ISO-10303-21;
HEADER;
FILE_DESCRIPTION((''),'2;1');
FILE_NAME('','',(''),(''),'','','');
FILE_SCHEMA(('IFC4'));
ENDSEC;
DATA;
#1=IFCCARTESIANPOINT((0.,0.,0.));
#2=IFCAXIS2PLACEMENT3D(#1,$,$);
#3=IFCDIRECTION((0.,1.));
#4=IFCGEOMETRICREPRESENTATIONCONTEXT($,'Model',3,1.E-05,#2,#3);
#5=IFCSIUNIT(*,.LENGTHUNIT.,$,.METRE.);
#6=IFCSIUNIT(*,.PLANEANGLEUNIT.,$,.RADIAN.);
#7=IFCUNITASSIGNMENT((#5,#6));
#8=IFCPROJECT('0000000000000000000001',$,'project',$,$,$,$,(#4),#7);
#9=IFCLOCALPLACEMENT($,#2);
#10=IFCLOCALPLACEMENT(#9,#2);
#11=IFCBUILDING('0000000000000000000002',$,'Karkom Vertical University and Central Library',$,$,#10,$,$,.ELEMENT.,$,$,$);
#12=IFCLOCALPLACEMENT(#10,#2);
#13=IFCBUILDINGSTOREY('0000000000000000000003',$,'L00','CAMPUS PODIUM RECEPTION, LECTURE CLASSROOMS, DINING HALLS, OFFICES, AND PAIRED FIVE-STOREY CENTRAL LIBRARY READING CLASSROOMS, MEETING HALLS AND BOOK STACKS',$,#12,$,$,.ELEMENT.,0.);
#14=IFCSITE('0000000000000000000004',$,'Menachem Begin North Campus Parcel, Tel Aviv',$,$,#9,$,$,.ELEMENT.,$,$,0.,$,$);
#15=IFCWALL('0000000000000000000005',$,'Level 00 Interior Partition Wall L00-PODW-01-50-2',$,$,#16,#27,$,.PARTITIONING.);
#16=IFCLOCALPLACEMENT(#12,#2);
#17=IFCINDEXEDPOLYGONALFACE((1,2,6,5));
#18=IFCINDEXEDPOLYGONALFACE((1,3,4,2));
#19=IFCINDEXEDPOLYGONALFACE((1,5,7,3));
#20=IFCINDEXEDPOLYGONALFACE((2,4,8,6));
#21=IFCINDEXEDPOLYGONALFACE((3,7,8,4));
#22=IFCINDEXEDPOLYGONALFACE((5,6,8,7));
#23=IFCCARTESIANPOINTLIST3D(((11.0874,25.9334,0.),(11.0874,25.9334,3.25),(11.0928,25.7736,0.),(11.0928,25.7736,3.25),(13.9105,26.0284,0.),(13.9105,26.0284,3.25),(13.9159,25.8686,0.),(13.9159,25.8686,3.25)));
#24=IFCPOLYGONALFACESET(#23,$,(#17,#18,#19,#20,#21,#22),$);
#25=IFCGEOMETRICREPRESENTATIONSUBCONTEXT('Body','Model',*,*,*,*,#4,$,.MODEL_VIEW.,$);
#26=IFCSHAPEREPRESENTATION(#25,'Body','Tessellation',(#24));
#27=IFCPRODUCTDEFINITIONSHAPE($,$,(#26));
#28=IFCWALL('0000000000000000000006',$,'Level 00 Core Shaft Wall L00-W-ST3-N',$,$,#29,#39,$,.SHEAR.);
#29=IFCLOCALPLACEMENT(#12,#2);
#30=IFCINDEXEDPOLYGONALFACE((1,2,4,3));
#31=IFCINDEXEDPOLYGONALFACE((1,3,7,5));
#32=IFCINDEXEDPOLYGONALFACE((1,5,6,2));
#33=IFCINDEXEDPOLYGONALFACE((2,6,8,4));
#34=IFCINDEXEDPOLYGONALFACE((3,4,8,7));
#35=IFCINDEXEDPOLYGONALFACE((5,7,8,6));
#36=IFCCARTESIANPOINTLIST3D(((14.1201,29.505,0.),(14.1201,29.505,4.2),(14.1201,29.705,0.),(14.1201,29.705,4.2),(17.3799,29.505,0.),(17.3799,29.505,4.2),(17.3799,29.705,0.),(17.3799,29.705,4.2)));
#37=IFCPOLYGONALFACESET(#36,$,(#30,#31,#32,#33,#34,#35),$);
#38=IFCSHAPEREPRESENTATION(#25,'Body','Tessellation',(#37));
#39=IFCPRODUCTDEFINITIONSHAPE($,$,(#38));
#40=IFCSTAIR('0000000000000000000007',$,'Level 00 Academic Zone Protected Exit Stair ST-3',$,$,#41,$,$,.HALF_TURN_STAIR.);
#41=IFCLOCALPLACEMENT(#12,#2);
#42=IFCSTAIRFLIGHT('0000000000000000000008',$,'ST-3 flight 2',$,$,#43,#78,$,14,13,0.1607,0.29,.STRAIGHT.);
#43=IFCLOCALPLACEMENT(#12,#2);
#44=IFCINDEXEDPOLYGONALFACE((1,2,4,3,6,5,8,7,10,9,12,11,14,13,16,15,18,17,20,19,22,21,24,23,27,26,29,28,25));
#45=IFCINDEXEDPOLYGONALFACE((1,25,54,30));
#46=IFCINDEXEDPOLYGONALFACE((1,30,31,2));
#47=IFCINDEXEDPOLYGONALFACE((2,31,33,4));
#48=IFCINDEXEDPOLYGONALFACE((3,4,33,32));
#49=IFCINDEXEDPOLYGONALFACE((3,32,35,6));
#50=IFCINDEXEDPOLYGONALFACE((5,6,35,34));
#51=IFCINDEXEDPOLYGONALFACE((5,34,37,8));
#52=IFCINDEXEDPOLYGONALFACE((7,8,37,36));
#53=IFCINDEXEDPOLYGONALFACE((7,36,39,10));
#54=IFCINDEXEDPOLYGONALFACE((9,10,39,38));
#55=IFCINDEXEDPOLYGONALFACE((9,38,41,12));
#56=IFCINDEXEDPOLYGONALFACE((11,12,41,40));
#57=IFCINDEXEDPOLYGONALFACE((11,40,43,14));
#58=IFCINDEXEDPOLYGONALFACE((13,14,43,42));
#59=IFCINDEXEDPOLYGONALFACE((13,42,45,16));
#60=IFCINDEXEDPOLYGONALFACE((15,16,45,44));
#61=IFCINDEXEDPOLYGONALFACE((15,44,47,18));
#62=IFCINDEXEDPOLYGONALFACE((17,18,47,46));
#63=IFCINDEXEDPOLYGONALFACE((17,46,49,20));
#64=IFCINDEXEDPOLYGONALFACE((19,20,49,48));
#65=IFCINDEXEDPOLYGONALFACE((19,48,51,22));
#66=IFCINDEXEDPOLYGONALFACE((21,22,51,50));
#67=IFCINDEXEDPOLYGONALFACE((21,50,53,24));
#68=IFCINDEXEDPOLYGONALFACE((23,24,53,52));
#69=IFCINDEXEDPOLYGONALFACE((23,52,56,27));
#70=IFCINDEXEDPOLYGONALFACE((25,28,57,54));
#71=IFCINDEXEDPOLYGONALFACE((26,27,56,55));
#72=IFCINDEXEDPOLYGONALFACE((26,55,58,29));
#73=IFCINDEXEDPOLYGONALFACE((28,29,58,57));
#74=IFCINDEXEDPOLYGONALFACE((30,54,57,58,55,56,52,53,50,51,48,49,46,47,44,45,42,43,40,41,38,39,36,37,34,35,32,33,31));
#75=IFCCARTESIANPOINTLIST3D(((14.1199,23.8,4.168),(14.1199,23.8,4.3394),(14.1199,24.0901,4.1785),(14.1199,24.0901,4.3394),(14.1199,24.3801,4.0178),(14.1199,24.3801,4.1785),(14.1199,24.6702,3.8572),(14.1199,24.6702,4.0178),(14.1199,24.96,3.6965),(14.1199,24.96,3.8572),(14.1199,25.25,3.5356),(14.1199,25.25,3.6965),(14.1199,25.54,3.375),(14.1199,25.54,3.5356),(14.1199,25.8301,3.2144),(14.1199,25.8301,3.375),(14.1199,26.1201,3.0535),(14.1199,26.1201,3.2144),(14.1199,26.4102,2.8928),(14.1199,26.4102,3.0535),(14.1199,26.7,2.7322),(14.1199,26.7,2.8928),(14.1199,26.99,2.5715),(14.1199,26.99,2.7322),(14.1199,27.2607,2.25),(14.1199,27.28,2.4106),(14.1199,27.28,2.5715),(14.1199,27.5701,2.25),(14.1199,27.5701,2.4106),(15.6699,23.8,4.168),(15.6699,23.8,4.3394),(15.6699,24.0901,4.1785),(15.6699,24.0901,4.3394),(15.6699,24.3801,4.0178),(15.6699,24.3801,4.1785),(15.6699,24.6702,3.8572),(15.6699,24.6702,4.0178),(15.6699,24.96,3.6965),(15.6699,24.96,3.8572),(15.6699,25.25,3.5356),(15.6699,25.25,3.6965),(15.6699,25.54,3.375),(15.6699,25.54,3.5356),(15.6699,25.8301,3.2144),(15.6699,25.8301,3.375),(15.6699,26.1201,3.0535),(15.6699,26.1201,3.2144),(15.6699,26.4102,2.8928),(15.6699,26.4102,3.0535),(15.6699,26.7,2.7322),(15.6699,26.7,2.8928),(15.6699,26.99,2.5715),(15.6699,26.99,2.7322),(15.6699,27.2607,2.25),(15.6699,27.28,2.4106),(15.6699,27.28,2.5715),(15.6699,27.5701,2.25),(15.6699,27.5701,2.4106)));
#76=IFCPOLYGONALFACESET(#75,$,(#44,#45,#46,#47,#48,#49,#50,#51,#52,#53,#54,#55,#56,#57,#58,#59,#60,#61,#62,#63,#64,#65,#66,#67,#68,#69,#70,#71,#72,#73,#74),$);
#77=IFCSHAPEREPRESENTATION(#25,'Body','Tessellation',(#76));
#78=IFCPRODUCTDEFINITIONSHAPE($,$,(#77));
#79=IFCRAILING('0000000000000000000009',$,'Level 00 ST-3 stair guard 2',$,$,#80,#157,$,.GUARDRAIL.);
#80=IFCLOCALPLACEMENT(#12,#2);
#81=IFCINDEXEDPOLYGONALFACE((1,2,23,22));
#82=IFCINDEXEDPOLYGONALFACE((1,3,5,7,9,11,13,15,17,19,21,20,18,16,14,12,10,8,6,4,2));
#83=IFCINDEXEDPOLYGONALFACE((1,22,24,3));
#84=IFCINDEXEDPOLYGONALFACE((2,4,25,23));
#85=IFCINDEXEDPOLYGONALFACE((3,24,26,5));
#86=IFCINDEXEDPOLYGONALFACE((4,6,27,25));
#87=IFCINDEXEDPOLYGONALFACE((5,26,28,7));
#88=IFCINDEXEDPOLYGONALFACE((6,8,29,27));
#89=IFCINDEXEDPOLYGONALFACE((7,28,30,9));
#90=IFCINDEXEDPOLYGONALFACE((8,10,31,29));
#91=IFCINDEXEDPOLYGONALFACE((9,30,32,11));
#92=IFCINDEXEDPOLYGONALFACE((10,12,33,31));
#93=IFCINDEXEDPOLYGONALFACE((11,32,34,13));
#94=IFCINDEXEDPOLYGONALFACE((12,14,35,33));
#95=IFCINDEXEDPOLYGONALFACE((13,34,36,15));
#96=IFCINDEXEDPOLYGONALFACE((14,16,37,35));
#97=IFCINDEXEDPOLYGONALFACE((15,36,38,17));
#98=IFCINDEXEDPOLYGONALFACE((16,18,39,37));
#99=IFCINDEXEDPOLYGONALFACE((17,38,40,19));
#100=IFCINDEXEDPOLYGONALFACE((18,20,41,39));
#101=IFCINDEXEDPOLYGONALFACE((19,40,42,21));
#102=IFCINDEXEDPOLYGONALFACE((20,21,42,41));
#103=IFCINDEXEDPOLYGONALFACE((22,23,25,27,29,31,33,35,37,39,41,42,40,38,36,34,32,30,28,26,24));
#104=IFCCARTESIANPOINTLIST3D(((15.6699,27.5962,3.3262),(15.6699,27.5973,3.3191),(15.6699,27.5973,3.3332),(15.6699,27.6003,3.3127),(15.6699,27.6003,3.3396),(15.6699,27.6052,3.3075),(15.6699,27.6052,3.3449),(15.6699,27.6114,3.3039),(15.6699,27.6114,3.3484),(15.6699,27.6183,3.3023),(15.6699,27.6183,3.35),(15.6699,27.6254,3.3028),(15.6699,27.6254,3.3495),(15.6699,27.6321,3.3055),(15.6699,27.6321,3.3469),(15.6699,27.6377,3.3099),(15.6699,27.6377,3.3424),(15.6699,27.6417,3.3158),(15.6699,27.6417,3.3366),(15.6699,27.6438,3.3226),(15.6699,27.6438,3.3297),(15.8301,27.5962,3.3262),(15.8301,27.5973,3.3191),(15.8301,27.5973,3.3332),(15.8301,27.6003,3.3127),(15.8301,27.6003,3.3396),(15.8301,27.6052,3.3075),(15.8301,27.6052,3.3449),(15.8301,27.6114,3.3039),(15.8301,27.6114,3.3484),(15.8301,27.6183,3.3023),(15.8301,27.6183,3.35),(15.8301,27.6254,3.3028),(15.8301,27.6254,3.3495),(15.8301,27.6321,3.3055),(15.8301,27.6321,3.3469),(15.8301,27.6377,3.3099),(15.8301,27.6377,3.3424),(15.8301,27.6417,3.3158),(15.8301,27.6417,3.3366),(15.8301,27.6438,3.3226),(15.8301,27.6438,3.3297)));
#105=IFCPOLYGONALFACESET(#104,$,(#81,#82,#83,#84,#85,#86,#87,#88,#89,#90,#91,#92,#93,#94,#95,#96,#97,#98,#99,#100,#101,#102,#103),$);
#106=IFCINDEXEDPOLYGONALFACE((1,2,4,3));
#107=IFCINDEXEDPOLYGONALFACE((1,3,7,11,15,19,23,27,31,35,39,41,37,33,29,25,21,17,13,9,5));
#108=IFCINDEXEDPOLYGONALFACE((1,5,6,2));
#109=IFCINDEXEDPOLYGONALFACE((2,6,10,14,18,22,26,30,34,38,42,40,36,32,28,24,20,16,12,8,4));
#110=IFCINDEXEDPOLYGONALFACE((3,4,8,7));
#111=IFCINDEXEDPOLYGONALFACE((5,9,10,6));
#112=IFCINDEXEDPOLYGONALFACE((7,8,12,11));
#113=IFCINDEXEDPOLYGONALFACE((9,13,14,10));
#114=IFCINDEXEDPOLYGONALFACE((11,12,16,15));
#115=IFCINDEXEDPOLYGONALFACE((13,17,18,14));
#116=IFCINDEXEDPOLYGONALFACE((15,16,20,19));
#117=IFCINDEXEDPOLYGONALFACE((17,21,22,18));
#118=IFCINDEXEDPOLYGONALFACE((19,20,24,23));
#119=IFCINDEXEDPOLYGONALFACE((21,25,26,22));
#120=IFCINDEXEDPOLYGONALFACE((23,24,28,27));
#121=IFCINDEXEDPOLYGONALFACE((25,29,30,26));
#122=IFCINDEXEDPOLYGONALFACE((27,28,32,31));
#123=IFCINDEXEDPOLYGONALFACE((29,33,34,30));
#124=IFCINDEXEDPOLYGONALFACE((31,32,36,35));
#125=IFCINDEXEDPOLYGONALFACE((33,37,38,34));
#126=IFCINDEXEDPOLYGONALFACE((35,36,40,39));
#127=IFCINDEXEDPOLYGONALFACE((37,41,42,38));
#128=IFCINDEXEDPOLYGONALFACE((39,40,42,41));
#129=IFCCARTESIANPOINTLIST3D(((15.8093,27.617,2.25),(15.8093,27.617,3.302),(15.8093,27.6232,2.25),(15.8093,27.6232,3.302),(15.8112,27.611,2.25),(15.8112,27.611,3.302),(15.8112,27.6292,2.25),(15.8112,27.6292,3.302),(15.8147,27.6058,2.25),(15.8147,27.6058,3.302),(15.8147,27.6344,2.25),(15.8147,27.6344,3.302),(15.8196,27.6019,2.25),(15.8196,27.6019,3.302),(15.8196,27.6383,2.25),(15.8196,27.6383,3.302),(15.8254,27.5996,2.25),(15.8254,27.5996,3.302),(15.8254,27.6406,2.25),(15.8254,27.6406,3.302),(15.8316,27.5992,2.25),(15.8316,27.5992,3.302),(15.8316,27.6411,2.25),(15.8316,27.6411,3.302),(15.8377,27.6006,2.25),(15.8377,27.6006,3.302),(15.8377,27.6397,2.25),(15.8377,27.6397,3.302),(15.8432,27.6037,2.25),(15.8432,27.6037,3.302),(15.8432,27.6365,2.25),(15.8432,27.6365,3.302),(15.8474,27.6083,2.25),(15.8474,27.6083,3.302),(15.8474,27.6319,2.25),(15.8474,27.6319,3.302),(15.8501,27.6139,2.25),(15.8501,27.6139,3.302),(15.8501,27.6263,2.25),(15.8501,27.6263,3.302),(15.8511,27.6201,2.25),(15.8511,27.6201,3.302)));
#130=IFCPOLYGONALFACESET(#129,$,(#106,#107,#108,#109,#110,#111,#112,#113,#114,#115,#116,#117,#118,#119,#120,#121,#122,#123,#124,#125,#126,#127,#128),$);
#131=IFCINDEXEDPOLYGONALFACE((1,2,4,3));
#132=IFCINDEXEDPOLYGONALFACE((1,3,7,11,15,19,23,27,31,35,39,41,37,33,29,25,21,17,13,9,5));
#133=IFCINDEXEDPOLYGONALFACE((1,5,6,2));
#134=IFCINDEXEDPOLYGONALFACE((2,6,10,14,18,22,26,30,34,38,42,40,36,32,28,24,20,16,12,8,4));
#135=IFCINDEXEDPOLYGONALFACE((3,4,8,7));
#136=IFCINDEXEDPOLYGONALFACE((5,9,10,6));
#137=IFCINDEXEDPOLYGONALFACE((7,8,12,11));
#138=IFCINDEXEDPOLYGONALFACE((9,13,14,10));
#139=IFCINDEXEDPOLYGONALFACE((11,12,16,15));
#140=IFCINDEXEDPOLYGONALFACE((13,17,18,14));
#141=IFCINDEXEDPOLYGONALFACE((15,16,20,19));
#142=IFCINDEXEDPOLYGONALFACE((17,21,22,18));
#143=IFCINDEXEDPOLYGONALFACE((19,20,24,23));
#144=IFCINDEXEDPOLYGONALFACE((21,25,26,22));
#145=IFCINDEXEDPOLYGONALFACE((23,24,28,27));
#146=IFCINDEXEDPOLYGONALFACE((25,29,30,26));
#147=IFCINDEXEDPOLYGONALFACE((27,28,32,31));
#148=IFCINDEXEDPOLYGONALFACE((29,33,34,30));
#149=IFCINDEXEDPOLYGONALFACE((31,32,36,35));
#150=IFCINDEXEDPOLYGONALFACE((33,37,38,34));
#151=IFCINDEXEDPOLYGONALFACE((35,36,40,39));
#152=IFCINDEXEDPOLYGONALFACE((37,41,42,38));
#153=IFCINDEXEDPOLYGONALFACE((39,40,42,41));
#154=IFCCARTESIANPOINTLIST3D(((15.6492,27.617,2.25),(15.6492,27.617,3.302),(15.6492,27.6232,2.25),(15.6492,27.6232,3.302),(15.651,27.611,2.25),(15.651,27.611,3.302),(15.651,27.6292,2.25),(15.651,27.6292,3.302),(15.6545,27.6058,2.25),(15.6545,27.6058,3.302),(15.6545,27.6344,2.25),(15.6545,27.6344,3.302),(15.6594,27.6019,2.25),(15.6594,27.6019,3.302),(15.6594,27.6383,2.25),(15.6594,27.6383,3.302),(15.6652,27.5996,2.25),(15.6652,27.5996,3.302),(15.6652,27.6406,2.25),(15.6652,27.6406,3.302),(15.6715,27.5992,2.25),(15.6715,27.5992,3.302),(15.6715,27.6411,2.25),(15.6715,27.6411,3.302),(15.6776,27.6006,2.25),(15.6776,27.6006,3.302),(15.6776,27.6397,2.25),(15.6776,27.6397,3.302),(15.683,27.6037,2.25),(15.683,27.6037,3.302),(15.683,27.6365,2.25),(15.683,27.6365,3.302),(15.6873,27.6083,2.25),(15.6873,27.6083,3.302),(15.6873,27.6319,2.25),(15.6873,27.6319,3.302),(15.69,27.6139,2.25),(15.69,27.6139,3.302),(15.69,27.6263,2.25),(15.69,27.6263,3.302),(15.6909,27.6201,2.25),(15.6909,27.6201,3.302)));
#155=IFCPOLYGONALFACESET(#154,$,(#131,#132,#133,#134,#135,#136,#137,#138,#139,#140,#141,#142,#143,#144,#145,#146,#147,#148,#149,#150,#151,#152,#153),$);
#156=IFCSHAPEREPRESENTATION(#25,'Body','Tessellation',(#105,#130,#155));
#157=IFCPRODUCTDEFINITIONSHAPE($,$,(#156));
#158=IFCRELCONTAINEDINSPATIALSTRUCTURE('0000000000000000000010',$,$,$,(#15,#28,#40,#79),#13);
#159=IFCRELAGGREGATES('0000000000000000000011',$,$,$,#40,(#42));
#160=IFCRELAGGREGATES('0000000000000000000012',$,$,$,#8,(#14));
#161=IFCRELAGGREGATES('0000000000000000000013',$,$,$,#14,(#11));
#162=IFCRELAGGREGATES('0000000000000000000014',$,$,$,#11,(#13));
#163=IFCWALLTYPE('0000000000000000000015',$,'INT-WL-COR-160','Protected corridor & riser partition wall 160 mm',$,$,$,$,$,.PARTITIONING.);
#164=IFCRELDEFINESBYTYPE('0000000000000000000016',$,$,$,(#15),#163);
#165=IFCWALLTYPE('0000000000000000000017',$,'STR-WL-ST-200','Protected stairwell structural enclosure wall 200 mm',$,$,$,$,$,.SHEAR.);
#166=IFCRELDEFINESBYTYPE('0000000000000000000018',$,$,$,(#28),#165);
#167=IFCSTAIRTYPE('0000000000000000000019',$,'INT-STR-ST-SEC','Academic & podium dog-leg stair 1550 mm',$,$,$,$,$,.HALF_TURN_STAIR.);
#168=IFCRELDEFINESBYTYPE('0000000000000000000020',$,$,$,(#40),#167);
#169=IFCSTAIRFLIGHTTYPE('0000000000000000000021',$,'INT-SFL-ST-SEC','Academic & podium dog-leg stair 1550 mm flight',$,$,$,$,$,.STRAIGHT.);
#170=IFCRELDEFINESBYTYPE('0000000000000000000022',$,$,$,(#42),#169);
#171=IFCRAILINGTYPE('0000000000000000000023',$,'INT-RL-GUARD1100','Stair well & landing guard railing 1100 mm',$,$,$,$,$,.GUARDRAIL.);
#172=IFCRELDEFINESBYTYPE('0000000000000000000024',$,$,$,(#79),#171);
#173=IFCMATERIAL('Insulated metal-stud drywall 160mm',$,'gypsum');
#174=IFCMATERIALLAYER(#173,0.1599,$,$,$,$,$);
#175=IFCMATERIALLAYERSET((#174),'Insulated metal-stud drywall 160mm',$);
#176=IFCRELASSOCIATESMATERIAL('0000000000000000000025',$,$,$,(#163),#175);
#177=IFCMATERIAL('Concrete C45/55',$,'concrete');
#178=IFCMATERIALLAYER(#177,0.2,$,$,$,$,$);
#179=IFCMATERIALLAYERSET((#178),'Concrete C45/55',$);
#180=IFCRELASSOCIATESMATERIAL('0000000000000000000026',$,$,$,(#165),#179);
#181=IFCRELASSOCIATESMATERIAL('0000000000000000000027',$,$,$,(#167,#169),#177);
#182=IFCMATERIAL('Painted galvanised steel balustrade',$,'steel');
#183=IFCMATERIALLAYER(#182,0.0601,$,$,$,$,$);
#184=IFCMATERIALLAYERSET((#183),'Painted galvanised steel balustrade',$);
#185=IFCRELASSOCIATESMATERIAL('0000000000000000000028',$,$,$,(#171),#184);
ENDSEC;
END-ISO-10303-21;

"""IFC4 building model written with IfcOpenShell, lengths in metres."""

from ifc_helpers import new_model, si_unit, direction, frame, frame_2d, origin, origin_2d, place, context, subcontext, project, spatial, polyline, rectangle, circle, outline, extrude, material, layer, layer_set, type_object, element, aggregate, save


model = new_model("IFC4")

# Units and contexts
model_context = context("Model", 3, precision=1e-05, world=origin(), true_north=direction((0.0, 1.0)))
body_context = subcontext(model_context, "Body", "Model", "MODEL_VIEW")
ifc_project = project(units=[si_unit("LENGTHUNIT", "METRE"), si_unit("PLANEANGLEUNIT", "RADIAN")], contexts=[model_context])

# Site, building, storey
site_placement = place(None, origin())
site = spatial("IfcSite", under=ifc_project, at=site_placement, Name="Menachem Begin North Campus Parcel, Tel Aviv", CompositionType="ELEMENT", RefElevation=0.0)
building_placement = place(site_placement, origin())
building = spatial("IfcBuilding", under=site, at=building_placement, Name="Karkom Vertical University and Central Library", CompositionType="ELEMENT")
storey_placement = place(building_placement, origin())
storey = spatial("IfcBuildingStorey", under=building, at=storey_placement, Name="L00", Description="CAMPUS PODIUM RECEPTION, LECTURE CLASSROOMS, DINING HALLS, OFFICES, AND PAIRED FIVE-STOREY CENTRAL LIBRARY READING CLASSROOMS, MEETING HALLS AND BOOK STACKS", CompositionType="ELEMENT", Elevation=0.0)

# Shared definitions
ifc_material_1 = material(Name="Insulated metal-stud drywall 160mm", Category="gypsum")
ifc_layer_1 = layer(ifc_material_1, 0.1599)
ifc_layer_set_1 = layer_set([ifc_layer_1], Name="Insulated metal-stud drywall 160mm")
wall_type_1 = type_object("IfcWallType", Name="INT-WL-COR-160", Description="Protected corridor & riser partition wall 160 mm", PredefinedType="PARTITIONING", material=ifc_layer_set_1)

# Walls
wall_1_placement = place(storey_placement, frame((11.0901, 25.8535, 0.0), z_axis=(0.0, 0.0, 1.0), x_axis=(0.999435, 0.033623, 0.0)))
element("IfcWall", 1, at=wall_1_placement, inside=storey, type_object=wall_type_1, Name="Level 00 Interior Partition Wall L00-PODW-01-50-2", PredefinedType="PARTITIONING", context=body_context, shape_type="SweptSolid", body=[
    extrude(rectangle(XDim=2.8247, YDim=0.1599, at=frame_2d((1.4124, 0.0))), origin(), (0.0, 0.0, 1.0), 3.25),
])
ifc_material_2 = material(Name="Concrete C45/55", Category="concrete")
ifc_layer_2 = layer(ifc_material_2, 0.2)
ifc_layer_set_2 = layer_set([ifc_layer_2], Name="Concrete C45/55")
wall_type_2 = type_object("IfcWallType", Name="STR-WL-ST-200", Description="Protected stairwell structural enclosure wall 200 mm", PredefinedType="SHEAR", material=ifc_layer_set_2)
wall_2_placement = place(storey_placement, frame((14.1201, 29.605, 0.0), z_axis=(0.0, 0.0, 1.0), x_axis=(1.0, 0.0, 0.0)))
element("IfcWall", 2, at=wall_2_placement, inside=storey, type_object=wall_type_2, Name="Level 00 Core Shaft Wall L00-W-ST3-N", PredefinedType="SHEAR", context=body_context, shape_type="SweptSolid", body=[
    extrude(rectangle(XDim=3.2598, YDim=0.2, at=frame_2d((1.6299, 0.0))), origin(), (0.0, 0.0, 1.0), 4.2),
])

# Stair, stair flight
stair_type = type_object("IfcStairType", Name="INT-STR-ST-SEC", Description="Academic & podium dog-leg stair 1550 mm", PredefinedType="HALF_TURN_STAIR", material=ifc_material_2)
stair_placement = place(storey_placement, origin())
stair = element("IfcStair", 3, at=stair_placement, inside=storey, type_object=stair_type, Name="Level 00 Academic Zone Protected Exit Stair ST-3", PredefinedType="HALF_TURN_STAIR")
stair_flight_type = type_object("IfcStairFlightType", Name="INT-SFL-ST-SEC", Description="Academic & podium dog-leg stair 1550 mm flight", PredefinedType="STRAIGHT", material=ifc_material_2)
stair_flight_placement = place(storey_placement, frame((14.895, 27.5701, 2.25), z_axis=(0.0, 0.0, 1.0), x_axis=(0.0, -1.0, 0.0)))
stair_flight = element("IfcStairFlight", 4, at=stair_flight_placement, type_object=stair_flight_type, Name="ST-3 flight 2", NumberOfRisers=14, NumberOfTreads=13, PredefinedType="STRAIGHT", RiserHeight=0.1607, TreadLength=0.29, context=body_context, shape_type="SweptSolid", body=[
    extrude(outline(polyline([(0.0, 0.0), (0.0, 0.1606), (0.29, 0.1606), (0.29, 0.3215), (0.5801, 0.3215), (0.5801, 0.4822), (0.8701, 0.4822), (0.8701, 0.6428), (1.1599, 0.6428), (1.1599, 0.8035), (1.45, 0.8035), (1.45, 0.9644), (1.74, 0.9644), (1.74, 1.125), (2.03, 1.125), (2.03, 1.2856), (2.3201, 1.2856), (2.3201, 1.4465), (2.6101, 1.4465), (2.6101, 1.6072), (2.8999, 1.6072), (2.8999, 1.7678), (3.1899, 1.7678), (3.1899, 1.9285), (3.48, 1.9285), (3.48, 2.0894), (3.77, 2.0894), (3.77, 2.25), (3.77, 1.918), (0.3093, 0.0), (0.0, 0.0)])), frame((0.0, 0.7749, 0.0), z_axis=(0.0, -1.0, 0.0), x_axis=(1.0, 0.0, 0.0)), (0.0, 0.0, 1.0), 1.55),
])
aggregate(stair, [stair_flight])

# Railing
ifc_material_3 = material(Name="Painted galvanised steel balustrade", Category="steel")
ifc_layer_3 = layer(ifc_material_3, 0.0601)
ifc_layer_set_3 = layer_set([ifc_layer_3], Name="Painted galvanised steel balustrade")
railing_type_1 = type_object("IfcRailingType", Name="INT-RL-GUARD1100", Description="Stair well & landing guard railing 1100 mm", PredefinedType="GUARDRAIL", material=ifc_layer_set_3)
railing_1_placement = place(storey_placement, frame((15.8301, 27.6201, 2.25)))
element("IfcRailing", 5, at=railing_1_placement, inside=storey, type_object=railing_type_1, Name="Level 00 ST-3 stair guard 2", PredefinedType="GUARDRAIL", context=body_context, shape_type="SweptSolid", body=[
    extrude(circle(Radius=0.0239, at=origin_2d()), frame((0.0, 0.0, 1.0762), z_axis=(-1.0, 0.0, 0.0), x_axis=(0.0, -1.0, 0.0)), (0.0, 0.0, 1.0), 0.1602),
    extrude(circle(Radius=0.021, at=origin_2d()), origin(), (0.0, 0.0, 1.0), 1.052),
    extrude(circle(Radius=0.021, at=origin_2d()), frame((-0.1602, 0.0, 0.0)), (0.0, 0.0, 1.0), 1.052),
])

save(model, "model.ifc")
